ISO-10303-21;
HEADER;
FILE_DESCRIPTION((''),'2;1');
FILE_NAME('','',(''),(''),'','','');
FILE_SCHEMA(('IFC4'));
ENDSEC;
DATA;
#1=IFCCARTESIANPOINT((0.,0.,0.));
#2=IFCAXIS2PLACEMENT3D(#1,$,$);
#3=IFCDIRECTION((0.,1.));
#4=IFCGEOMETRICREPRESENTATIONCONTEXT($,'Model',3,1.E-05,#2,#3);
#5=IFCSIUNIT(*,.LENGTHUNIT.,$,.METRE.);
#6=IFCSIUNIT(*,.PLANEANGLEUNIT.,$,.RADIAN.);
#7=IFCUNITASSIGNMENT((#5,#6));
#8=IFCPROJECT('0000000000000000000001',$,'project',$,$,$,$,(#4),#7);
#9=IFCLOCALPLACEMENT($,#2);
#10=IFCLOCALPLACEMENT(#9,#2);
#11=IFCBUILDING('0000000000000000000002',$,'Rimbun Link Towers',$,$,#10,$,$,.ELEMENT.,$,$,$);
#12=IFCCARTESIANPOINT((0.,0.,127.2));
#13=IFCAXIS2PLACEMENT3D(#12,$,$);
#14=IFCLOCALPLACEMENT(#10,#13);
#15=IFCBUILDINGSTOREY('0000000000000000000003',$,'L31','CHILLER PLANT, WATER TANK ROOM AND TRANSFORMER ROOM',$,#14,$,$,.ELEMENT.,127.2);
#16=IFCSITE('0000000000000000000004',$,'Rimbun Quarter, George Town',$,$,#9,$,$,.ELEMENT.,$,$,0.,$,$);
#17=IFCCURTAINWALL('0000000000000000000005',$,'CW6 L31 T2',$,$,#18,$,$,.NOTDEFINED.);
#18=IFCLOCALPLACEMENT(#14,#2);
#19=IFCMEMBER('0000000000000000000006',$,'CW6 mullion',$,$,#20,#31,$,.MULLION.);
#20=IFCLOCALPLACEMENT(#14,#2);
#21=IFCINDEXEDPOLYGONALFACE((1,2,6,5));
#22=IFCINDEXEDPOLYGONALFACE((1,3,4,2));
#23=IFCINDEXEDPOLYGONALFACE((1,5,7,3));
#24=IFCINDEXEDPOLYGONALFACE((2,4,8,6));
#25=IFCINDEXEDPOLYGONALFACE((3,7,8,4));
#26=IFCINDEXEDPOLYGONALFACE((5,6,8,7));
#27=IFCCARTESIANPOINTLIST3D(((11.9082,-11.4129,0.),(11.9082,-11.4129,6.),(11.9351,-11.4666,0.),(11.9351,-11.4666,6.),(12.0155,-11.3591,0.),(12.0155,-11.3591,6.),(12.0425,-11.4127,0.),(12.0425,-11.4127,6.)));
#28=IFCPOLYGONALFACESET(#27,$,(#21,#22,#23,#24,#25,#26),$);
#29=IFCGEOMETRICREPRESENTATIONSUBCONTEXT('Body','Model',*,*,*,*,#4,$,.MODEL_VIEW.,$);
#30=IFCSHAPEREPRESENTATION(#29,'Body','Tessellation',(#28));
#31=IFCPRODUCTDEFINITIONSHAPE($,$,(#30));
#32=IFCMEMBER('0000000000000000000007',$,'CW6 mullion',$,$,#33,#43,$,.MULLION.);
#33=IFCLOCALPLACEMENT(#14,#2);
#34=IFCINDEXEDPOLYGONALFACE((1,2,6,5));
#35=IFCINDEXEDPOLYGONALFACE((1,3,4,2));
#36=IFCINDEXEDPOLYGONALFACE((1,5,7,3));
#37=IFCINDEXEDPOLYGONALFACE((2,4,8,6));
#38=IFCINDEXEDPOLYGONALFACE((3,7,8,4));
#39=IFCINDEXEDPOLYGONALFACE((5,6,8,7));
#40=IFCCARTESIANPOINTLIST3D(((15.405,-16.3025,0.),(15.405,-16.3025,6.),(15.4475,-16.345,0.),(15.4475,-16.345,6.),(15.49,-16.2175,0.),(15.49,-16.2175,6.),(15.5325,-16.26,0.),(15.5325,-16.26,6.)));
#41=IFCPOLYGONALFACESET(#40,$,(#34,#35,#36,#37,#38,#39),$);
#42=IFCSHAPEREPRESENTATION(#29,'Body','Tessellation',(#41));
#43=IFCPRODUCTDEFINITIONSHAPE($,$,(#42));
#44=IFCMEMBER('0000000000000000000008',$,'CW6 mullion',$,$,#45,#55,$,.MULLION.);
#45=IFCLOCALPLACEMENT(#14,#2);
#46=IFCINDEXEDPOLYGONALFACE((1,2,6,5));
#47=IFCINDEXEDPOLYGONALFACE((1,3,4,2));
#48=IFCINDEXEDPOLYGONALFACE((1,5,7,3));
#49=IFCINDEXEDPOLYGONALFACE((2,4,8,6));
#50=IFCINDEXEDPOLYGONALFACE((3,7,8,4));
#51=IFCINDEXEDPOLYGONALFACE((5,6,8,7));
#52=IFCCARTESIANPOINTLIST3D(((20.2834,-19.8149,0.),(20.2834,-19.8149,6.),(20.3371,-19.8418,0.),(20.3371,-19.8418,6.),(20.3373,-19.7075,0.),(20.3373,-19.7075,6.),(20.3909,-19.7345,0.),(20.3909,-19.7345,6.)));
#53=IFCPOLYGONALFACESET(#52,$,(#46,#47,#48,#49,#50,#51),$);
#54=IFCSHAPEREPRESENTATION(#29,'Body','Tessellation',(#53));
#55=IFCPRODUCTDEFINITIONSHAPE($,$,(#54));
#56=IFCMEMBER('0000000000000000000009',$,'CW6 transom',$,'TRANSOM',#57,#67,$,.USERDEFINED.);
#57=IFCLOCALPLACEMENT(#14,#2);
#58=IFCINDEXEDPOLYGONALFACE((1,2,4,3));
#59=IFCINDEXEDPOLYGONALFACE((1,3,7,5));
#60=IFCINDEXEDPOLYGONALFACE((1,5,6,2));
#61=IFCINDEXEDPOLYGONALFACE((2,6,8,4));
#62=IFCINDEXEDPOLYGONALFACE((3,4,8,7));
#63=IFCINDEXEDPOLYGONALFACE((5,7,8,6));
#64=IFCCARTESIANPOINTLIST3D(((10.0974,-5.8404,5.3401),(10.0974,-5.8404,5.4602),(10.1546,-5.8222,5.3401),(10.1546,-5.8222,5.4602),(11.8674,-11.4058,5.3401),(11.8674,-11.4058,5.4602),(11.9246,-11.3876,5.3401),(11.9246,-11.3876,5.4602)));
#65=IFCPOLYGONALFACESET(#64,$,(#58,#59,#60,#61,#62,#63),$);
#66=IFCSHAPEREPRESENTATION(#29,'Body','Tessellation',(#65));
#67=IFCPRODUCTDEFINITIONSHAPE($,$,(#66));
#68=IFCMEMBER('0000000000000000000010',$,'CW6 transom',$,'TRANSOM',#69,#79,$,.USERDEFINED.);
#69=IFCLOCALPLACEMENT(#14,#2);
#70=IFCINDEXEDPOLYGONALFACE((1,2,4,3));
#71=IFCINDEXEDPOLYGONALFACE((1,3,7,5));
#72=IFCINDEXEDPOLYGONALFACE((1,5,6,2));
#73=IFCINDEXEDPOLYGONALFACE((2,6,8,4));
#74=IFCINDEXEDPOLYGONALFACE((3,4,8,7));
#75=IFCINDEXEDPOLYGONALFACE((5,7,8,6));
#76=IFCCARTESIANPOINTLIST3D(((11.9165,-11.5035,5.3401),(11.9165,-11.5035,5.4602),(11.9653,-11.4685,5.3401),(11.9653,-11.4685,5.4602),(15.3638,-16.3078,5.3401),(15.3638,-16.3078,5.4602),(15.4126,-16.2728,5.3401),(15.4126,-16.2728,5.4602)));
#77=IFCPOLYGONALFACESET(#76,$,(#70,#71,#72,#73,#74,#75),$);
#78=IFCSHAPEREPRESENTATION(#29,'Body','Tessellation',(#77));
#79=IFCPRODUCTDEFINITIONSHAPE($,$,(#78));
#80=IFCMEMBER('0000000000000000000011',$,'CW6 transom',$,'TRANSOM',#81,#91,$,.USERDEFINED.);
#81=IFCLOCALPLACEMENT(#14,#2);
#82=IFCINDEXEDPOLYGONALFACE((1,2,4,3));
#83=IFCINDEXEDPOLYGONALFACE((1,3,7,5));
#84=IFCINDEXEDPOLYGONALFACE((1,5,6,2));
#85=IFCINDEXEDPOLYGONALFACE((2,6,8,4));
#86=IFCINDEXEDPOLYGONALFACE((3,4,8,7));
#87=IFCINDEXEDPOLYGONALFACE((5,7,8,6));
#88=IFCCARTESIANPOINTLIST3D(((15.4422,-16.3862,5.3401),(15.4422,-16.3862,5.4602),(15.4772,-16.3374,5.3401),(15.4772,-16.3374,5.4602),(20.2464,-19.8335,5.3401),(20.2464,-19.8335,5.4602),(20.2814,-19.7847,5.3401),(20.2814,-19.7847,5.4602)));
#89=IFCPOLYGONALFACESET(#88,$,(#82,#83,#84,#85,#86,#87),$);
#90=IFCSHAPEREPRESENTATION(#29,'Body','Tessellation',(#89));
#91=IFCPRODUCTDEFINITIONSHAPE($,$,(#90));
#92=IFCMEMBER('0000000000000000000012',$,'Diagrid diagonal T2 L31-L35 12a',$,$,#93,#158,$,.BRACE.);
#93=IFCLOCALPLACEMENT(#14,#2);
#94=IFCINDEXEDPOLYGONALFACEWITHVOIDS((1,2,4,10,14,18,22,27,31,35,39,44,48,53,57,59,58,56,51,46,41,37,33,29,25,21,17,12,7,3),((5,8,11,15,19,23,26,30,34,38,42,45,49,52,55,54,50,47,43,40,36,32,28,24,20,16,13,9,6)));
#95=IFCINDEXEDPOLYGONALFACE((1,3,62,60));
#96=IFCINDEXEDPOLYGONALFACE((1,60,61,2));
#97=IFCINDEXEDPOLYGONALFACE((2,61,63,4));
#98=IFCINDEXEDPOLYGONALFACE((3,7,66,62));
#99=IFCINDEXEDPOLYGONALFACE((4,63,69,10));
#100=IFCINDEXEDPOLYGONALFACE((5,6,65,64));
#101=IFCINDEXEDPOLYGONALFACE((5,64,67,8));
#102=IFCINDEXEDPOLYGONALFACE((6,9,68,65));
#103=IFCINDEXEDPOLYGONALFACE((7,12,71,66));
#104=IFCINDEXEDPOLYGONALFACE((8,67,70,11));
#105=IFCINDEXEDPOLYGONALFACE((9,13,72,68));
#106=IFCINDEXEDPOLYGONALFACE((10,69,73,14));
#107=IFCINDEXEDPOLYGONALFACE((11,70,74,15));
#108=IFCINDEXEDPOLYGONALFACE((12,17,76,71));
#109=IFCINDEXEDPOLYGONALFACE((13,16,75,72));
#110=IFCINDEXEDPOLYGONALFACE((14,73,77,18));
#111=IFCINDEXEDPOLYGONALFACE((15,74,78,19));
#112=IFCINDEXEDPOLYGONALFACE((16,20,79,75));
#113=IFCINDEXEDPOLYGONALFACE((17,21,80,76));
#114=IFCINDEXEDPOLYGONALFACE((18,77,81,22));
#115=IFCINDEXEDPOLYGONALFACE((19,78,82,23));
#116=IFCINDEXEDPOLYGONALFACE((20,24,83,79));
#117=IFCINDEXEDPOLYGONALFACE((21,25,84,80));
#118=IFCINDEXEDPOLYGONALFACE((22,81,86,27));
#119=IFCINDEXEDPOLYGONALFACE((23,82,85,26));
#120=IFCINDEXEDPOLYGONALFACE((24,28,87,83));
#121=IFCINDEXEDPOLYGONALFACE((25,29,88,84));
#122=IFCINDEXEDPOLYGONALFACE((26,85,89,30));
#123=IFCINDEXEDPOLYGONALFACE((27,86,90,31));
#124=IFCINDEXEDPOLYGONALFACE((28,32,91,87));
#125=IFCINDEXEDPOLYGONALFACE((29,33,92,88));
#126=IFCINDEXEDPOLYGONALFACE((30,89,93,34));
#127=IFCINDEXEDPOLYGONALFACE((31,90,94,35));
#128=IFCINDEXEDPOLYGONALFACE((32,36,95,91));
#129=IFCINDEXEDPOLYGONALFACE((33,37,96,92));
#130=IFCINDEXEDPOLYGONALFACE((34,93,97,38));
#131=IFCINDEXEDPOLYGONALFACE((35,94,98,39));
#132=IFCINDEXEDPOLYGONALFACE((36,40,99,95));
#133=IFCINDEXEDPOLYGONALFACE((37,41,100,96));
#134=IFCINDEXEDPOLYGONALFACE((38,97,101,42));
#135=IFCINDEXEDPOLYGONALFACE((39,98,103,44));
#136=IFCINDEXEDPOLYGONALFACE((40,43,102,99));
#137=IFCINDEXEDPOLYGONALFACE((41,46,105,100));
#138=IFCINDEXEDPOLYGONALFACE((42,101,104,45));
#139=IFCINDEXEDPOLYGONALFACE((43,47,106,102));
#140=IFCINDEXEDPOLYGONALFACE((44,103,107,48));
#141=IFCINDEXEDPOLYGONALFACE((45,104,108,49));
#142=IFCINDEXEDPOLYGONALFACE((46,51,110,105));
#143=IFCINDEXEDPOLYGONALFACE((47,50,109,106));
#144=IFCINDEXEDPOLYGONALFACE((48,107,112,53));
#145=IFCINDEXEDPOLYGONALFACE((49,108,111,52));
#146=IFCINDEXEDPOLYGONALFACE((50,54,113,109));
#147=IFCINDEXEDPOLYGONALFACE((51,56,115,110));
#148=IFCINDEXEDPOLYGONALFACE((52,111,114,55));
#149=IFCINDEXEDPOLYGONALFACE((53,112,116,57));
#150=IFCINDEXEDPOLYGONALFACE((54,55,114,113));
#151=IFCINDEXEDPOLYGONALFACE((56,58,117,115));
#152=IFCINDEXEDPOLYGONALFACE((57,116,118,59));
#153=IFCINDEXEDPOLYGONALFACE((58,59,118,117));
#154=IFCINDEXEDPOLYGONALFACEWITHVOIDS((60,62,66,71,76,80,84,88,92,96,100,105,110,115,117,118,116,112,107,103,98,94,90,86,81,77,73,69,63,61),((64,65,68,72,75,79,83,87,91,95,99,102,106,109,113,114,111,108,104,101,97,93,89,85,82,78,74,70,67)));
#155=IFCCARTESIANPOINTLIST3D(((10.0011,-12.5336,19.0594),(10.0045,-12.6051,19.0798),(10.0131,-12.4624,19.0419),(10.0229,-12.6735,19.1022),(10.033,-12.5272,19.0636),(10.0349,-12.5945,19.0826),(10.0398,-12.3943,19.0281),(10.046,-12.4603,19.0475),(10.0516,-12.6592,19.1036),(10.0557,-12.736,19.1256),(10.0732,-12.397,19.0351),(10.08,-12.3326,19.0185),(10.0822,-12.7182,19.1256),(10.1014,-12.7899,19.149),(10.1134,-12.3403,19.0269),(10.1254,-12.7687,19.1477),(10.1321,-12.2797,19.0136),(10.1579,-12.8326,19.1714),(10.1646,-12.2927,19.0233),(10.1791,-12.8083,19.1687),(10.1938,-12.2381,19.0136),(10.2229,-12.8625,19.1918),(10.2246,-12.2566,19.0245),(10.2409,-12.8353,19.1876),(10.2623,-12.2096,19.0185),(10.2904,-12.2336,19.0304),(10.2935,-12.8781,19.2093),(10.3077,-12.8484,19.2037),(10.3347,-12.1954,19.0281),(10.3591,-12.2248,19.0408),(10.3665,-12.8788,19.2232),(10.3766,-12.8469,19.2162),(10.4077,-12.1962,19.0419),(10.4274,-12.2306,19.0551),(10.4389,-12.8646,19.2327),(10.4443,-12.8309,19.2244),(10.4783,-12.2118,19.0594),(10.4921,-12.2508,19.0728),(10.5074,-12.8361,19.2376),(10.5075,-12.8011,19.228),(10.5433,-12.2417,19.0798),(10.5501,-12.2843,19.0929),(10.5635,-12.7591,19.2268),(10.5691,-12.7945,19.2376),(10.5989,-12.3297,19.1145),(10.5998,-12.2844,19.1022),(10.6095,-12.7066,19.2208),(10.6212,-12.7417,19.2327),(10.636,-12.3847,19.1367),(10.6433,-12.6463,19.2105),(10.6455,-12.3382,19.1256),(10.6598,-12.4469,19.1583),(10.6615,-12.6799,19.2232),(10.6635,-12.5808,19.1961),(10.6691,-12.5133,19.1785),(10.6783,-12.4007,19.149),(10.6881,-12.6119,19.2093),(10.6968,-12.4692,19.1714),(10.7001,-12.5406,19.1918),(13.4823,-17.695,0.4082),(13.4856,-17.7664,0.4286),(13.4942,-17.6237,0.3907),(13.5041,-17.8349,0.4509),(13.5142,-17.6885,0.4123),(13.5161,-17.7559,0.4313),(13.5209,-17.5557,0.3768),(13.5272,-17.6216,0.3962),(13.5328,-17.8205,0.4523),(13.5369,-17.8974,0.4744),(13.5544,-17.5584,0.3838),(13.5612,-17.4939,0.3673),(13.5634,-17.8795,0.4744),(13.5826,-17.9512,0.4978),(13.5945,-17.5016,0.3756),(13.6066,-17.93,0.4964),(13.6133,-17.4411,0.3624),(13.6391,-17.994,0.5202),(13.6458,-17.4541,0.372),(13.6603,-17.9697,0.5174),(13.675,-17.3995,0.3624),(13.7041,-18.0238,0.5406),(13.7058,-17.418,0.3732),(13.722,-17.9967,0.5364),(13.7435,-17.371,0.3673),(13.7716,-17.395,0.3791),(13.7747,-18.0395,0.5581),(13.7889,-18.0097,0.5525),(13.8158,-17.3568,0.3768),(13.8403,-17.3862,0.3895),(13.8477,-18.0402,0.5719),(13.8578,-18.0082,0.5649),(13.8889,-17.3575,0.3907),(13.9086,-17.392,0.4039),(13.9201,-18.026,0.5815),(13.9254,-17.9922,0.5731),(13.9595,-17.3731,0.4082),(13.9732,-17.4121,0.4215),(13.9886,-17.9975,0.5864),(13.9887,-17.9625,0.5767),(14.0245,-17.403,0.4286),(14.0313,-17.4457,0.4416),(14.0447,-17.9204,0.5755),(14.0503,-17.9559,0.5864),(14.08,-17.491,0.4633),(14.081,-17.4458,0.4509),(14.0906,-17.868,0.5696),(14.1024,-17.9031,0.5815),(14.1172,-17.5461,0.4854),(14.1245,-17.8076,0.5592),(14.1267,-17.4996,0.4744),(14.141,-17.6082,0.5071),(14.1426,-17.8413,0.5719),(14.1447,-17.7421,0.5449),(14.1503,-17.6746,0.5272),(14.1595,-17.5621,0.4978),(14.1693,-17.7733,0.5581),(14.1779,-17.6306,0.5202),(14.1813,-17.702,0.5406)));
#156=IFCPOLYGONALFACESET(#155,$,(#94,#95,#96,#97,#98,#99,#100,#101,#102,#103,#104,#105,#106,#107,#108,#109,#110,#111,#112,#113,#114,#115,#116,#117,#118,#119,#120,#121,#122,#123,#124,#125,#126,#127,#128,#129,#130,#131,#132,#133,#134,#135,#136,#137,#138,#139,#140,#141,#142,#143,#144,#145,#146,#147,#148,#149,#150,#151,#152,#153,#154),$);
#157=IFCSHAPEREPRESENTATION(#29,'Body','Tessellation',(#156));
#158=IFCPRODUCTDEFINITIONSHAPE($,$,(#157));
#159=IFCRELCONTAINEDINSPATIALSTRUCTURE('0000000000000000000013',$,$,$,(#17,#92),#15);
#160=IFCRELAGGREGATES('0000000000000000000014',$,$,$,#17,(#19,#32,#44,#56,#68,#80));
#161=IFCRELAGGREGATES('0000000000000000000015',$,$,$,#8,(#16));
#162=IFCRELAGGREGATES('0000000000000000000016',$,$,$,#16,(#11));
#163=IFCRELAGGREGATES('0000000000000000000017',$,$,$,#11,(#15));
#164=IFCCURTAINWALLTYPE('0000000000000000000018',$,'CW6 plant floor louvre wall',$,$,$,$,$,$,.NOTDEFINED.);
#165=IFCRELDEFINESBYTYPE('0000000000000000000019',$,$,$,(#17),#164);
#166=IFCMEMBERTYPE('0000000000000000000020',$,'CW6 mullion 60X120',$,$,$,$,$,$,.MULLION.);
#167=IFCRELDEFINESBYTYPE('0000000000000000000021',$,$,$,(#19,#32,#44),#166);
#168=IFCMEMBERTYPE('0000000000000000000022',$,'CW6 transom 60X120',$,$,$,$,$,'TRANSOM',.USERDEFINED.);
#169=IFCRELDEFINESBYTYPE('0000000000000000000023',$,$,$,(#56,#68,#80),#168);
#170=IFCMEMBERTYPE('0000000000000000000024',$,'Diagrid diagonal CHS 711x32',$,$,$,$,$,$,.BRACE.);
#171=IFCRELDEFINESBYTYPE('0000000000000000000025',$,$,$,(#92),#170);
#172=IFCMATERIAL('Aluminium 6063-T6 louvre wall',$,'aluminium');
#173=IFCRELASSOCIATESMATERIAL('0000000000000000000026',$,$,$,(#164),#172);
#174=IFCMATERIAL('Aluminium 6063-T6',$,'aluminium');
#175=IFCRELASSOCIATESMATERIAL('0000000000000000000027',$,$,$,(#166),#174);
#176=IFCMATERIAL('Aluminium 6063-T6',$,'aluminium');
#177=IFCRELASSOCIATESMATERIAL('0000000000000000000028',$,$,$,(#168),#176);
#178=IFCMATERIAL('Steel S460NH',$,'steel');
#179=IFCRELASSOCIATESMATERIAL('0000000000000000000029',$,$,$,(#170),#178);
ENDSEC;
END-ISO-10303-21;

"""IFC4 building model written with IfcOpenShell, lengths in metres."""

from ifc_helpers import new_model, si_unit, direction, frame, origin, origin_2d, place, context, subcontext, project, spatial, rectangle, hollow_circle, extrude, material, material_profile, profile_set, type_object, element, aggregate, save


model = new_model("IFC4")

# Units and contexts
model_context = context("Model", 3, precision=1e-05, world=origin(), true_north=direction((0.0, 1.0)))
body_context = subcontext(model_context, "Body", "Model", "MODEL_VIEW")
ifc_project = project(units=[si_unit("LENGTHUNIT", "METRE"), si_unit("PLANEANGLEUNIT", "RADIAN")], contexts=[model_context])

# Site, building, storey
site_placement = place(None, origin())
site = spatial("IfcSite", under=ifc_project, at=site_placement, Name="Rimbun Quarter, George Town", CompositionType="ELEMENT", RefElevation=0.0)
building_placement = place(site_placement, origin())
building = spatial("IfcBuilding", under=site, at=building_placement, Name="Rimbun Link Towers", CompositionType="ELEMENT")
storey_placement = place(building_placement, frame((0.0, 0.0, 127.2)))
storey = spatial("IfcBuildingStorey", under=building, at=storey_placement, Name="L31", Description="CHILLER PLANT, WATER TANK ROOM AND TRANSFORMER ROOM", CompositionType="ELEMENT", Elevation=127.2)

# Curtain wall, members
ifc_material_1 = material(Name="Aluminium 6063-T6 louvre wall", Category="aluminium")
curtain_wall_type = type_object("IfcCurtainWallType", Name="CW6 plant floor louvre wall", PredefinedType="NOTDEFINED", material=ifc_material_1)
curtain_wall_placement = place(storey_placement, origin())
curtain_wall = element("IfcCurtainWall", 1, at=curtain_wall_placement, inside=storey, type_object=curtain_wall_type, Name="CW6 L31 T2", PredefinedType="NOTDEFINED")
ifc_material_2 = material(Name="Aluminium 6063-T6", Category="aluminium")
ifc_material_profile_1 = material_profile(ifc_material_2, rectangle(XDim=0.1201, YDim=0.0601, at=origin_2d()), Name="MULLION 60X120")
ifc_profile_set_1 = profile_set([ifc_material_profile_1], Name="Aluminium 6063-T6")
member_type_1 = type_object("IfcMemberType", Name="CW6 mullion 60X120", PredefinedType="MULLION", material=ifc_profile_set_1)
member_1_placement = place(storey_placement, frame((11.9753, -11.4128, 0.0), z_axis=(0.0, 0.0, 1.0), x_axis=(-0.893745, -0.448575, 0.0)))
member_1 = element("IfcMember", 2, at=member_1_placement, type_object=member_type_1, Name="CW6 mullion", PredefinedType="MULLION", context=body_context, shape_type="SweptSolid", body=[
    extrude(rectangle(XDim=0.1201, YDim=0.0601, at=origin_2d()), origin(), (0.0, 0.0, 1.0), 6.0),
])
member_2_placement = place(storey_placement, frame((15.4688, -16.2812, 0.0), z_axis=(0.0, 0.0, 1.0), x_axis=(-0.707107, -0.707107, 0.0)))
member_2 = element("IfcMember", 3, at=member_2_placement, type_object=member_type_1, Name="CW6 mullion", PredefinedType="MULLION", context=body_context, shape_type="SweptSolid", body=[
    extrude(rectangle(XDim=0.1201, YDim=0.0601, at=origin_2d()), origin(), (0.0, 0.0, 1.0), 6.0),
])
member_3_placement = place(storey_placement, frame((20.3372, -19.7747, 0.0), z_axis=(0.0, 0.0, 1.0), x_axis=(-0.448575, -0.893745, 0.0)))
member_3 = element("IfcMember", 4, at=member_3_placement, type_object=member_type_1, Name="CW6 mullion", PredefinedType="MULLION", context=body_context, shape_type="SweptSolid", body=[
    extrude(rectangle(XDim=0.1201, YDim=0.0601, at=origin_2d()), origin(), (0.0, 0.0, 1.0), 6.0),
])
ifc_material_3 = material(Name="Aluminium 6063-T6", Category="aluminium")
ifc_material_profile_2 = material_profile(ifc_material_3, rectangle(XDim=0.0601, YDim=0.1201, at=origin_2d()), Name="TRANSOM 60X120")
ifc_profile_set_2 = profile_set([ifc_material_profile_2], Name="Aluminium 6063-T6")
member_type_2 = type_object("IfcMemberType", Name="CW6 transom 60X120", ElementType="TRANSOM", PredefinedType="USERDEFINED", material=ifc_profile_set_2)
member_4_placement = place(storey_placement, frame((11.896, -11.3967, 5.4001), z_axis=(-0.303079, 0.952965, 0.0), x_axis=(-0.952965, -0.303079, 0.0)))
member_4 = element("IfcMember", 5, at=member_4_placement, type_object=member_type_2, Name="CW6 transom", ObjectType="TRANSOM", PredefinedType="USERDEFINED", context=body_context, shape_type="SweptSolid", body=[
    extrude(rectangle(XDim=0.0601, YDim=0.1201, at=origin_2d()), origin(), (0.0, 0.0, 1.0), 5.8401),
])
member_5_placement = place(storey_placement, frame((15.3882, -16.2903, 5.4001), z_axis=(-0.582994, 0.812476, 0.0), x_axis=(-0.812476, -0.582994, 0.0)))
member_5 = element("IfcMember", 6, at=member_5_placement, type_object=member_type_2, Name="CW6 transom", ObjectType="TRANSOM", PredefinedType="USERDEFINED", context=body_context, shape_type="SweptSolid", body=[
    extrude(rectangle(XDim=0.0601, YDim=0.1201, at=origin_2d()), origin(), (0.0, 0.0, 1.0), 5.9131),
])
member_6_placement = place(storey_placement, frame((20.2639, -19.8091, 5.4001), z_axis=(-0.812476, 0.582994, 0.0), x_axis=(-0.582994, -0.812476, 0.0)))
member_6 = element("IfcMember", 7, at=member_6_placement, type_object=member_type_2, Name="CW6 transom", ObjectType="TRANSOM", PredefinedType="USERDEFINED", context=body_context, shape_type="SweptSolid", body=[
    extrude(rectangle(XDim=0.0601, YDim=0.1201, at=origin_2d()), origin(), (0.0, 0.0, 1.0), 5.9131),
])

# Member
ifc_material_4 = material(Name="Steel S460NH", Category="steel")
ifc_material_profile_3 = material_profile(ifc_material_4, hollow_circle(Radius=0.3557, WallThickness=0.032, at=origin_2d()), Name="Diagrid diagonal CHS 711x32")
ifc_profile_set_3 = profile_set([ifc_material_profile_3], Name="Steel S460NH")
member_type_3 = type_object("IfcMemberType", Name="Diagrid diagonal CHS 711x32", PredefinedType="BRACE", material=ifc_profile_set_3)
for number, where, z_axis, x_axis, name in (
    (8, (13.8318, -17.6985, 0.4744), (-0.177044, 0.262492, 0.948553), (-0.829052, -0.559172, 0.0), "Diagrid diagonal T2 L31-L35 12a"),
):
    element("IfcMember", number, at=place(storey_placement, frame(where, z_axis=z_axis, x_axis=x_axis)), inside=storey, type_object=member_type_3, Name=name, PredefinedType="BRACE", context=body_context, shape_type="SweptSolid", body=[
        extrude(hollow_circle(Radius=0.3557, WallThickness=0.032, at=origin_2d()), origin(), (0.0, 0.0, 1.0), 19.6628),
    ])

aggregate(curtain_wall, [member_1, member_2, member_3, member_4, member_5, member_6])

save(model, "model.ifc")
